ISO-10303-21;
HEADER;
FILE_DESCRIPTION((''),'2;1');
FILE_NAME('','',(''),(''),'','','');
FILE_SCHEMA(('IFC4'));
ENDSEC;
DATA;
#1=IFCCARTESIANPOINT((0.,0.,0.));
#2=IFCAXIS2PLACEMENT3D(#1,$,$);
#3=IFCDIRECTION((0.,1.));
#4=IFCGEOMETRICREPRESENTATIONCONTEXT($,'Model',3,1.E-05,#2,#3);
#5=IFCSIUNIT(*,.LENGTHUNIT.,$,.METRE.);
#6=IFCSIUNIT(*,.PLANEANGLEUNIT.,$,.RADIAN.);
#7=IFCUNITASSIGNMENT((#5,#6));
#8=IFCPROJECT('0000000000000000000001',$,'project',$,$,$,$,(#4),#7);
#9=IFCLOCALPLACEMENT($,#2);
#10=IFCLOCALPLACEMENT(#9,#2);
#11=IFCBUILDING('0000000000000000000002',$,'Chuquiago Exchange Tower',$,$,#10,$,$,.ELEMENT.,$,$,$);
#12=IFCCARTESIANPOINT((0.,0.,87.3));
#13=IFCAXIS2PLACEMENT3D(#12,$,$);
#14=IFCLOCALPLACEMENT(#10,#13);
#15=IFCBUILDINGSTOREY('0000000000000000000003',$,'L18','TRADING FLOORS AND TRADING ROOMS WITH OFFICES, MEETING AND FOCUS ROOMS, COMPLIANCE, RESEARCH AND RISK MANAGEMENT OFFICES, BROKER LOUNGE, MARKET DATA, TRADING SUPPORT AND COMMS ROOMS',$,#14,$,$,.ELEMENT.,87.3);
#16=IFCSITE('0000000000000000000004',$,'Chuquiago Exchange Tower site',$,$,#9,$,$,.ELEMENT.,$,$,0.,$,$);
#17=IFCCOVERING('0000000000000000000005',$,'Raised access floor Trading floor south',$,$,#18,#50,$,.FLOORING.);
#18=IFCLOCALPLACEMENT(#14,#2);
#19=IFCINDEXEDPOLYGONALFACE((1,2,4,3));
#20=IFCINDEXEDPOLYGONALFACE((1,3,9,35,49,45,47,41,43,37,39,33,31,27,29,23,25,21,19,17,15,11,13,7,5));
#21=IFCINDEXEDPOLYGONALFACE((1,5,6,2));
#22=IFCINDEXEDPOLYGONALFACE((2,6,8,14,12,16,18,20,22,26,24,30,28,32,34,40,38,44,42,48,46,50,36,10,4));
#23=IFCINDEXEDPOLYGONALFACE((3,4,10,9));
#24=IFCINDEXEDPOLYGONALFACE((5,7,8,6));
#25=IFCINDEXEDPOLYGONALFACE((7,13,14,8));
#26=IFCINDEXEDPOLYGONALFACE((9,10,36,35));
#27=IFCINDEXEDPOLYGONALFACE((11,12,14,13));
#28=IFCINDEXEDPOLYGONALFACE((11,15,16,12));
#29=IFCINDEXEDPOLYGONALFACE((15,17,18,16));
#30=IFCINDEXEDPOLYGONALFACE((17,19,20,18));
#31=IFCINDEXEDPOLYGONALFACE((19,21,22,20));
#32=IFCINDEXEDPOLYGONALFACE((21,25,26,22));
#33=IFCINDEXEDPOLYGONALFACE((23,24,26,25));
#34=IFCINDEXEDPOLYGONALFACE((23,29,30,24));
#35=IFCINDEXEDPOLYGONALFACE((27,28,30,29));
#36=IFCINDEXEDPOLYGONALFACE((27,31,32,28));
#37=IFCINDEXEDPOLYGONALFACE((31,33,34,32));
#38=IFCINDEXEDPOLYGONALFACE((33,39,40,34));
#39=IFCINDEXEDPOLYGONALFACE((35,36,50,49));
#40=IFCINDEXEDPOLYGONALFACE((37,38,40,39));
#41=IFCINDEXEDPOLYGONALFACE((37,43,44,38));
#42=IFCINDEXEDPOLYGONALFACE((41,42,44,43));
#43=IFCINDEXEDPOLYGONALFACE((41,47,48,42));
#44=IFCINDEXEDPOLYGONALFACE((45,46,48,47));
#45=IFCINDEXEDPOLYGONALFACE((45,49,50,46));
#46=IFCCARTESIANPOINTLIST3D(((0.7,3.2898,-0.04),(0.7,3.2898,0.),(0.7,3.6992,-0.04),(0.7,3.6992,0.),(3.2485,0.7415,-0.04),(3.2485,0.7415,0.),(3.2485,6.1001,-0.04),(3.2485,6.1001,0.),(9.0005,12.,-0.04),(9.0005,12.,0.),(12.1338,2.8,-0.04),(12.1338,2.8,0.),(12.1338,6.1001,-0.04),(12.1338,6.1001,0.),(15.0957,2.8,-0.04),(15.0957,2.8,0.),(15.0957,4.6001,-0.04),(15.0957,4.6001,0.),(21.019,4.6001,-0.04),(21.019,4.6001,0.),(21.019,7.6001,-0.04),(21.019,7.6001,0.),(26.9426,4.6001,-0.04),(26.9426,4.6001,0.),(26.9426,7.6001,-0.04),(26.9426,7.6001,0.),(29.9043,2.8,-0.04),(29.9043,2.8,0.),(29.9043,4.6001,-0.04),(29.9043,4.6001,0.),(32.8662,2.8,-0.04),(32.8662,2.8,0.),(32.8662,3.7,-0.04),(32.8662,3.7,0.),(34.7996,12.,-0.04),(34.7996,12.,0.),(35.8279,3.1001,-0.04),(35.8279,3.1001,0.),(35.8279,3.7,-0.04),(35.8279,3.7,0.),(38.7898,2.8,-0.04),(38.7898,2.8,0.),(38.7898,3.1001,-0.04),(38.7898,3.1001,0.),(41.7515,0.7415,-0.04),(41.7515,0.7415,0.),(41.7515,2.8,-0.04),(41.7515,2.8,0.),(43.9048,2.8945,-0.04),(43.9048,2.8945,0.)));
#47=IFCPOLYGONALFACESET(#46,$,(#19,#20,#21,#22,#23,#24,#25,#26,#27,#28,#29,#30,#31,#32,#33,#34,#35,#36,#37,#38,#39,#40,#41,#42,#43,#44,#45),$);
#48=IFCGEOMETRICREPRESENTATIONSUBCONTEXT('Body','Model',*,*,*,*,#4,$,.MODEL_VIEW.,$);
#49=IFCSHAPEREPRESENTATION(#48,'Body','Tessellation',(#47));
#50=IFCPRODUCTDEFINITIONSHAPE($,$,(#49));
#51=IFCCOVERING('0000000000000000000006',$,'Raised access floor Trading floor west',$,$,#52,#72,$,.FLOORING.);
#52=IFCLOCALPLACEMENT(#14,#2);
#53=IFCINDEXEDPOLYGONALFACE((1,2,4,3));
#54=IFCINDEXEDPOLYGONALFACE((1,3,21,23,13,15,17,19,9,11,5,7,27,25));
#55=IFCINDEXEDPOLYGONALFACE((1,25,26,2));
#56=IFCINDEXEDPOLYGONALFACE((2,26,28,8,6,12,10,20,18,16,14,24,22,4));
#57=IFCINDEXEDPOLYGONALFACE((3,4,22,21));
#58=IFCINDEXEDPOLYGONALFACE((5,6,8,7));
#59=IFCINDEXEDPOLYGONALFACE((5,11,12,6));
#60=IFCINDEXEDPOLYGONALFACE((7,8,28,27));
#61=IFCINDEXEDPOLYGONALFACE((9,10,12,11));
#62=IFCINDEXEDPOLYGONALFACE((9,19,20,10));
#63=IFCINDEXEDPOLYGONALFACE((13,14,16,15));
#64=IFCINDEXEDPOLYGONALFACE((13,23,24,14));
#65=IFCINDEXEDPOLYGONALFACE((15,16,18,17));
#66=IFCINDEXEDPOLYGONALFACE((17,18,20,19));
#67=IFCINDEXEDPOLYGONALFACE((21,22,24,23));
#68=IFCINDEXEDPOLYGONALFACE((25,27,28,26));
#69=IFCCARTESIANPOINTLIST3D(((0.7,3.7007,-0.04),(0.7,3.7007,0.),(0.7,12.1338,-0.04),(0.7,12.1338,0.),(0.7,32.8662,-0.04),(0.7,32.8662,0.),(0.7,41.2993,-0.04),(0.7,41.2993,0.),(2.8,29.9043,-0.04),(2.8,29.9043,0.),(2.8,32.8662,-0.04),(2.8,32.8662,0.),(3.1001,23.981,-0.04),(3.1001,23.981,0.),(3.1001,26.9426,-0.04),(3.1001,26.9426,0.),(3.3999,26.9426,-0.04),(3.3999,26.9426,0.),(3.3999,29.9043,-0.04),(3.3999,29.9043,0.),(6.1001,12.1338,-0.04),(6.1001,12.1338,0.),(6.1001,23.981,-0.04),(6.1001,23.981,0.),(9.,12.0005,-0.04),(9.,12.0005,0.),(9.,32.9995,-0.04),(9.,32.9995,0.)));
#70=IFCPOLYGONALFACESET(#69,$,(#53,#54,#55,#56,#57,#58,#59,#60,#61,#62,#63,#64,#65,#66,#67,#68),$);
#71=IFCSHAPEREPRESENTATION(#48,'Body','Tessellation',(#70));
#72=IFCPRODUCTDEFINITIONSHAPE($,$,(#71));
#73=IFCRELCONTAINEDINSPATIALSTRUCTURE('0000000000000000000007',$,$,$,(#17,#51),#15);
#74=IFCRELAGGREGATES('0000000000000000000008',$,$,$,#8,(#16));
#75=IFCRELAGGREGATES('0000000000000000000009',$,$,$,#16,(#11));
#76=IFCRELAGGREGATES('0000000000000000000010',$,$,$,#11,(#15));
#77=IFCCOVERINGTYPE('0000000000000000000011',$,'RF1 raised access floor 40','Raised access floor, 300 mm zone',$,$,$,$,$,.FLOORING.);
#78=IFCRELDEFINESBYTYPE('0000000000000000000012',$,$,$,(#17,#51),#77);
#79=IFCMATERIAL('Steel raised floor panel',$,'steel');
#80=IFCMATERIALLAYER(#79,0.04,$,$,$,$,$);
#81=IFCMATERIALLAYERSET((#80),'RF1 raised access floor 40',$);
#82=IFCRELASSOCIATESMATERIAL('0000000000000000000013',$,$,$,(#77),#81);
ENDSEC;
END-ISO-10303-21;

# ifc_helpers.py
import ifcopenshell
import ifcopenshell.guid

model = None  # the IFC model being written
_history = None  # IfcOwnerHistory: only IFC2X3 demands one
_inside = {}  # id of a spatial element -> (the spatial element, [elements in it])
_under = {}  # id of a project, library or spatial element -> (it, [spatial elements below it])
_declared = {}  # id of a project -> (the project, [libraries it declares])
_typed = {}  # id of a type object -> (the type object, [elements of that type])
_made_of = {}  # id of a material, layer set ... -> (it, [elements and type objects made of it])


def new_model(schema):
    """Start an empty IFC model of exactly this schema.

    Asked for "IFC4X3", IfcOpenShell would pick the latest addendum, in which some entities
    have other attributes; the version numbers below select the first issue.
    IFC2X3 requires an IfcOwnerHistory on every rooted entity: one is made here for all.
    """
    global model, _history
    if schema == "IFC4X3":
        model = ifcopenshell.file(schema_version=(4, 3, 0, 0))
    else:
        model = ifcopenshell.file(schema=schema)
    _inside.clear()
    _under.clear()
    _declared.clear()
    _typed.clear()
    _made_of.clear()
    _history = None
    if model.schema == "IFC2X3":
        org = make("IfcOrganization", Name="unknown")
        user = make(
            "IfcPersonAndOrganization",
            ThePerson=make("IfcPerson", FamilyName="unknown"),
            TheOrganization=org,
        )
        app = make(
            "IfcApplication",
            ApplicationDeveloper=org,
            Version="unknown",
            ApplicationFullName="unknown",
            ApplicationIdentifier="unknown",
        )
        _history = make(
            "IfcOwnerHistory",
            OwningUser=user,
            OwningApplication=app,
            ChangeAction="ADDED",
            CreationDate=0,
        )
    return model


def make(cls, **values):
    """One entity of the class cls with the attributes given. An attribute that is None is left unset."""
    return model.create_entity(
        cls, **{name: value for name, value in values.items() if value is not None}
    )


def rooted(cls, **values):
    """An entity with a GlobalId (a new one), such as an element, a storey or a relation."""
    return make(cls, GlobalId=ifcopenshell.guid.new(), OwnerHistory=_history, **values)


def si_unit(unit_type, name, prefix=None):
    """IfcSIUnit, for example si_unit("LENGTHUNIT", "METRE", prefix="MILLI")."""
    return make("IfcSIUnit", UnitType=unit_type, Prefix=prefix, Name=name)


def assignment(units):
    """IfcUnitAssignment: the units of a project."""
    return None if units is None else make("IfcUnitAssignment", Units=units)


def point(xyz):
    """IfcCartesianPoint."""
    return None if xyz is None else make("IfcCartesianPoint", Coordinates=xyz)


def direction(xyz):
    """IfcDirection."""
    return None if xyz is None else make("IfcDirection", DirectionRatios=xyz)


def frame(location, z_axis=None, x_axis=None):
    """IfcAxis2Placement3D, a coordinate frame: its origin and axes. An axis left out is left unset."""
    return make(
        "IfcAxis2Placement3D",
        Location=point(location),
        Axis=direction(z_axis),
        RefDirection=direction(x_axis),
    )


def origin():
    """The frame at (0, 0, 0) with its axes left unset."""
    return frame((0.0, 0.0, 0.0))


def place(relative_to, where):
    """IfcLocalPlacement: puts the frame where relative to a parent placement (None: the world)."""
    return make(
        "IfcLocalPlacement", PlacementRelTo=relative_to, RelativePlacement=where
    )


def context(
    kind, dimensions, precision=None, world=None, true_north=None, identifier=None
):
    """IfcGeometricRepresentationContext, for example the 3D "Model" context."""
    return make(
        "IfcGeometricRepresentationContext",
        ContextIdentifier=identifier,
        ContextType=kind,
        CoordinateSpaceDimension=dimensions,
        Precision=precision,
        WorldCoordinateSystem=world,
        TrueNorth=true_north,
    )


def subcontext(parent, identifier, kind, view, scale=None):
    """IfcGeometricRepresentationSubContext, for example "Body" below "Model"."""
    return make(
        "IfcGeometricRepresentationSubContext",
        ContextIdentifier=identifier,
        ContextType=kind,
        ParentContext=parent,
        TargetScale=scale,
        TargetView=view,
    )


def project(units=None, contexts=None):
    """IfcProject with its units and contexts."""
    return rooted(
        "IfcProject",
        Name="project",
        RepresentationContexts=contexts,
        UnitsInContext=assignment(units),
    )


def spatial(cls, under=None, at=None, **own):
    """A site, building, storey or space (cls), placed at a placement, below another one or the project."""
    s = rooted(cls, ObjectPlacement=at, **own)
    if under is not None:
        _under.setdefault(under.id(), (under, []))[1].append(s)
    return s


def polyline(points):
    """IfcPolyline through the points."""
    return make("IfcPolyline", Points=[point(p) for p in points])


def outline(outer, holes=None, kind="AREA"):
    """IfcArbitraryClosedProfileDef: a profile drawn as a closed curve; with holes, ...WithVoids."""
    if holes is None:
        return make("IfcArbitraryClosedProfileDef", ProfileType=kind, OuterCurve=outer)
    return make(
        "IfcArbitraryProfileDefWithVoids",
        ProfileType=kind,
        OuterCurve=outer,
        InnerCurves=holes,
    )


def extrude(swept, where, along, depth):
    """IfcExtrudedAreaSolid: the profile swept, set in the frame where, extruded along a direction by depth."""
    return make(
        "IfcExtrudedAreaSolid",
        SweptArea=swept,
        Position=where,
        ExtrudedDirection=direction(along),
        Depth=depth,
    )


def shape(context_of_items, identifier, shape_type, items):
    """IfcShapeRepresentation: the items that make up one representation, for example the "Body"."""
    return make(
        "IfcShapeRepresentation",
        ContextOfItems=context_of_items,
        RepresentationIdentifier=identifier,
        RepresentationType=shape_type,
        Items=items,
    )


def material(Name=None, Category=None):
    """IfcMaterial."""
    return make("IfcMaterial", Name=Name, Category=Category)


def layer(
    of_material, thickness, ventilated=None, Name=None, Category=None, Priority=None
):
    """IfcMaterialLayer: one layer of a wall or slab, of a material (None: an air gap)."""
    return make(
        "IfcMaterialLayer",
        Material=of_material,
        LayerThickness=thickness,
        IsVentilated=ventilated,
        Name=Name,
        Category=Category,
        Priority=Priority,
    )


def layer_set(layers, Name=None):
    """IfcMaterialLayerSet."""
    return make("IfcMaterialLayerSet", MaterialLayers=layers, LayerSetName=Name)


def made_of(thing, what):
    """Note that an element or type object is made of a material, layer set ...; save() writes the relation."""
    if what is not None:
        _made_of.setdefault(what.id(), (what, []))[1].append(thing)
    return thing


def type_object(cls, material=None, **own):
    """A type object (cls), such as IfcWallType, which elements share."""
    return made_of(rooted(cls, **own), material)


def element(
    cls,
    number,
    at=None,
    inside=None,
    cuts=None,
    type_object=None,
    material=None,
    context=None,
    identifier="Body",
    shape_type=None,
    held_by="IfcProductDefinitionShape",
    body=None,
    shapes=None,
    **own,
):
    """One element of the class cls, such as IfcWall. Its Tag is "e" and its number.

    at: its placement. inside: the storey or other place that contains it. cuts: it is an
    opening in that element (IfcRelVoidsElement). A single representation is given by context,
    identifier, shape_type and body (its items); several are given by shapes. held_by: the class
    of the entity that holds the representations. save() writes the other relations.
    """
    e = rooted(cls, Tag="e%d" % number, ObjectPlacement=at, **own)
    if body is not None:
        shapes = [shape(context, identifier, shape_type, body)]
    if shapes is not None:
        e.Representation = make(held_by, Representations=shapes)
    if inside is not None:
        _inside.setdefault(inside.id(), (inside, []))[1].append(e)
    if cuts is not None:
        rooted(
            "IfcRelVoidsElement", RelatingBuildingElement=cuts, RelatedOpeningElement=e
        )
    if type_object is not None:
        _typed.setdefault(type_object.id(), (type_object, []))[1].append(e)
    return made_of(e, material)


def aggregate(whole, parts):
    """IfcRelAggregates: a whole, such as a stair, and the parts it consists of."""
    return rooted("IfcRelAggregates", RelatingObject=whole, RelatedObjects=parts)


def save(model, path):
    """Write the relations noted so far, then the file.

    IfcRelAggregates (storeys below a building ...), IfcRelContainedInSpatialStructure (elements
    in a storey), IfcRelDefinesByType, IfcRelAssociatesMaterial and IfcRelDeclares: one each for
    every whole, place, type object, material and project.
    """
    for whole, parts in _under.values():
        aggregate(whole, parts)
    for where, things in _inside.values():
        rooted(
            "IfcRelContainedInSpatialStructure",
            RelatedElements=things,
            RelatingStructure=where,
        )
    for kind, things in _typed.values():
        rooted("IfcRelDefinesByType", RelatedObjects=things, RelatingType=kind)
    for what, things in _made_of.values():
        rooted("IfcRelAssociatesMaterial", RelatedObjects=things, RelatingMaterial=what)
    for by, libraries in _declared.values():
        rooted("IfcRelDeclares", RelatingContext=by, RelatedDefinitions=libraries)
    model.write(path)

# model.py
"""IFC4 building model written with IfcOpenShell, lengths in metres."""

from ifc_helpers import new_model, si_unit, direction, frame, origin, place, context, subcontext, project, spatial, polyline, outline, extrude, material, layer, layer_set, type_object, element, save


model = new_model("IFC4")

# Units and contexts
model_context = context("Model", 3, precision=1e-05, world=origin(), true_north=direction((0.0, 1.0)))
body_context = subcontext(model_context, "Body", "Model", "MODEL_VIEW")
ifc_project = project(units=[si_unit("LENGTHUNIT", "METRE"), si_unit("PLANEANGLEUNIT", "RADIAN")], contexts=[model_context])

# Site, building, storey
site_placement = place(None, origin())
site = spatial("IfcSite", under=ifc_project, at=site_placement, Name="Chuquiago Exchange Tower site", CompositionType="ELEMENT", RefElevation=0.0)
building_placement = place(site_placement, origin())
building = spatial("IfcBuilding", under=site, at=building_placement, Name="Chuquiago Exchange Tower", CompositionType="ELEMENT")
storey_placement = place(building_placement, frame((0.0, 0.0, 87.3)))
storey = spatial("IfcBuildingStorey", under=building, at=storey_placement, Name="L18", Description="TRADING FLOORS AND TRADING ROOMS WITH OFFICES, MEETING AND FOCUS ROOMS, COMPLIANCE, RESEARCH AND RISK MANAGEMENT OFFICES, BROKER LOUNGE, MARKET DATA, TRADING SUPPORT AND COMMS ROOMS", CompositionType="ELEMENT", Elevation=87.3)

# Coverings
ifc_material_1 = material(Name="Steel raised floor panel", Category="steel")
ifc_layer_1 = layer(ifc_material_1, 0.04)
ifc_layer_set_1 = layer_set([ifc_layer_1], Name="RF1 raised access floor 40")
covering_type_1 = type_object("IfcCoveringType", Name="RF1 raised access floor 40", Description="Raised access floor, 300 mm zone", PredefinedType="FLOORING", material=ifc_layer_set_1)
covering_1_placement = place(storey_placement, frame((0.0, 0.0, -0.04)))
element("IfcCovering", 1, at=covering_1_placement, inside=storey, type_object=covering_type_1, Name="Raised access floor Trading floor south", PredefinedType="FLOORING", context=body_context, shape_type="SweptSolid", body=[
    extrude(outline(polyline([(41.7515, 0.7415), (41.7515, 2.8), (38.7898, 2.8), (38.7898, 3.1001), (35.8279, 3.1001), (35.8279, 3.7), (32.8662, 3.7), (32.8662, 2.8), (29.9043, 2.8), (29.9043, 4.6001), (26.9426, 4.6001), (26.9426, 7.6001), (21.019, 7.6001), (21.019, 4.6001), (15.0957, 4.6001), (15.0957, 2.8), (12.1338, 2.8), (12.1338, 6.1001), (3.2485, 6.1001), (3.2485, 0.7415), (0.7, 3.2898), (0.7, 3.6992), (9.0005, 12.0), (34.7996, 12.0), (43.9048, 2.8945), (41.7515, 0.7415)])), origin(), (0.0, 0.0, 1.0), 0.04),
])
covering_2_placement = place(storey_placement, frame((0.0, 0.0, -0.04)))
element("IfcCovering", 2, at=covering_2_placement, inside=storey, type_object=covering_type_1, Name="Raised access floor Trading floor west", PredefinedType="FLOORING", context=body_context, shape_type="SweptSolid", body=[
    extrude(outline(polyline([(6.1001, 12.1338), (6.1001, 23.981), (3.1001, 23.981), (3.1001, 26.9426), (3.3999, 26.9426), (3.3999, 29.9043), (2.8, 29.9043), (2.8, 32.8662), (0.7, 32.8662), (0.7, 41.2993), (9.0, 32.9995), (9.0, 12.0005), (0.7, 3.7007), (0.7, 12.1338), (6.1001, 12.1338)])), origin(), (0.0, 0.0, 1.0), 0.04),
])

save(model, "model.ifc")
